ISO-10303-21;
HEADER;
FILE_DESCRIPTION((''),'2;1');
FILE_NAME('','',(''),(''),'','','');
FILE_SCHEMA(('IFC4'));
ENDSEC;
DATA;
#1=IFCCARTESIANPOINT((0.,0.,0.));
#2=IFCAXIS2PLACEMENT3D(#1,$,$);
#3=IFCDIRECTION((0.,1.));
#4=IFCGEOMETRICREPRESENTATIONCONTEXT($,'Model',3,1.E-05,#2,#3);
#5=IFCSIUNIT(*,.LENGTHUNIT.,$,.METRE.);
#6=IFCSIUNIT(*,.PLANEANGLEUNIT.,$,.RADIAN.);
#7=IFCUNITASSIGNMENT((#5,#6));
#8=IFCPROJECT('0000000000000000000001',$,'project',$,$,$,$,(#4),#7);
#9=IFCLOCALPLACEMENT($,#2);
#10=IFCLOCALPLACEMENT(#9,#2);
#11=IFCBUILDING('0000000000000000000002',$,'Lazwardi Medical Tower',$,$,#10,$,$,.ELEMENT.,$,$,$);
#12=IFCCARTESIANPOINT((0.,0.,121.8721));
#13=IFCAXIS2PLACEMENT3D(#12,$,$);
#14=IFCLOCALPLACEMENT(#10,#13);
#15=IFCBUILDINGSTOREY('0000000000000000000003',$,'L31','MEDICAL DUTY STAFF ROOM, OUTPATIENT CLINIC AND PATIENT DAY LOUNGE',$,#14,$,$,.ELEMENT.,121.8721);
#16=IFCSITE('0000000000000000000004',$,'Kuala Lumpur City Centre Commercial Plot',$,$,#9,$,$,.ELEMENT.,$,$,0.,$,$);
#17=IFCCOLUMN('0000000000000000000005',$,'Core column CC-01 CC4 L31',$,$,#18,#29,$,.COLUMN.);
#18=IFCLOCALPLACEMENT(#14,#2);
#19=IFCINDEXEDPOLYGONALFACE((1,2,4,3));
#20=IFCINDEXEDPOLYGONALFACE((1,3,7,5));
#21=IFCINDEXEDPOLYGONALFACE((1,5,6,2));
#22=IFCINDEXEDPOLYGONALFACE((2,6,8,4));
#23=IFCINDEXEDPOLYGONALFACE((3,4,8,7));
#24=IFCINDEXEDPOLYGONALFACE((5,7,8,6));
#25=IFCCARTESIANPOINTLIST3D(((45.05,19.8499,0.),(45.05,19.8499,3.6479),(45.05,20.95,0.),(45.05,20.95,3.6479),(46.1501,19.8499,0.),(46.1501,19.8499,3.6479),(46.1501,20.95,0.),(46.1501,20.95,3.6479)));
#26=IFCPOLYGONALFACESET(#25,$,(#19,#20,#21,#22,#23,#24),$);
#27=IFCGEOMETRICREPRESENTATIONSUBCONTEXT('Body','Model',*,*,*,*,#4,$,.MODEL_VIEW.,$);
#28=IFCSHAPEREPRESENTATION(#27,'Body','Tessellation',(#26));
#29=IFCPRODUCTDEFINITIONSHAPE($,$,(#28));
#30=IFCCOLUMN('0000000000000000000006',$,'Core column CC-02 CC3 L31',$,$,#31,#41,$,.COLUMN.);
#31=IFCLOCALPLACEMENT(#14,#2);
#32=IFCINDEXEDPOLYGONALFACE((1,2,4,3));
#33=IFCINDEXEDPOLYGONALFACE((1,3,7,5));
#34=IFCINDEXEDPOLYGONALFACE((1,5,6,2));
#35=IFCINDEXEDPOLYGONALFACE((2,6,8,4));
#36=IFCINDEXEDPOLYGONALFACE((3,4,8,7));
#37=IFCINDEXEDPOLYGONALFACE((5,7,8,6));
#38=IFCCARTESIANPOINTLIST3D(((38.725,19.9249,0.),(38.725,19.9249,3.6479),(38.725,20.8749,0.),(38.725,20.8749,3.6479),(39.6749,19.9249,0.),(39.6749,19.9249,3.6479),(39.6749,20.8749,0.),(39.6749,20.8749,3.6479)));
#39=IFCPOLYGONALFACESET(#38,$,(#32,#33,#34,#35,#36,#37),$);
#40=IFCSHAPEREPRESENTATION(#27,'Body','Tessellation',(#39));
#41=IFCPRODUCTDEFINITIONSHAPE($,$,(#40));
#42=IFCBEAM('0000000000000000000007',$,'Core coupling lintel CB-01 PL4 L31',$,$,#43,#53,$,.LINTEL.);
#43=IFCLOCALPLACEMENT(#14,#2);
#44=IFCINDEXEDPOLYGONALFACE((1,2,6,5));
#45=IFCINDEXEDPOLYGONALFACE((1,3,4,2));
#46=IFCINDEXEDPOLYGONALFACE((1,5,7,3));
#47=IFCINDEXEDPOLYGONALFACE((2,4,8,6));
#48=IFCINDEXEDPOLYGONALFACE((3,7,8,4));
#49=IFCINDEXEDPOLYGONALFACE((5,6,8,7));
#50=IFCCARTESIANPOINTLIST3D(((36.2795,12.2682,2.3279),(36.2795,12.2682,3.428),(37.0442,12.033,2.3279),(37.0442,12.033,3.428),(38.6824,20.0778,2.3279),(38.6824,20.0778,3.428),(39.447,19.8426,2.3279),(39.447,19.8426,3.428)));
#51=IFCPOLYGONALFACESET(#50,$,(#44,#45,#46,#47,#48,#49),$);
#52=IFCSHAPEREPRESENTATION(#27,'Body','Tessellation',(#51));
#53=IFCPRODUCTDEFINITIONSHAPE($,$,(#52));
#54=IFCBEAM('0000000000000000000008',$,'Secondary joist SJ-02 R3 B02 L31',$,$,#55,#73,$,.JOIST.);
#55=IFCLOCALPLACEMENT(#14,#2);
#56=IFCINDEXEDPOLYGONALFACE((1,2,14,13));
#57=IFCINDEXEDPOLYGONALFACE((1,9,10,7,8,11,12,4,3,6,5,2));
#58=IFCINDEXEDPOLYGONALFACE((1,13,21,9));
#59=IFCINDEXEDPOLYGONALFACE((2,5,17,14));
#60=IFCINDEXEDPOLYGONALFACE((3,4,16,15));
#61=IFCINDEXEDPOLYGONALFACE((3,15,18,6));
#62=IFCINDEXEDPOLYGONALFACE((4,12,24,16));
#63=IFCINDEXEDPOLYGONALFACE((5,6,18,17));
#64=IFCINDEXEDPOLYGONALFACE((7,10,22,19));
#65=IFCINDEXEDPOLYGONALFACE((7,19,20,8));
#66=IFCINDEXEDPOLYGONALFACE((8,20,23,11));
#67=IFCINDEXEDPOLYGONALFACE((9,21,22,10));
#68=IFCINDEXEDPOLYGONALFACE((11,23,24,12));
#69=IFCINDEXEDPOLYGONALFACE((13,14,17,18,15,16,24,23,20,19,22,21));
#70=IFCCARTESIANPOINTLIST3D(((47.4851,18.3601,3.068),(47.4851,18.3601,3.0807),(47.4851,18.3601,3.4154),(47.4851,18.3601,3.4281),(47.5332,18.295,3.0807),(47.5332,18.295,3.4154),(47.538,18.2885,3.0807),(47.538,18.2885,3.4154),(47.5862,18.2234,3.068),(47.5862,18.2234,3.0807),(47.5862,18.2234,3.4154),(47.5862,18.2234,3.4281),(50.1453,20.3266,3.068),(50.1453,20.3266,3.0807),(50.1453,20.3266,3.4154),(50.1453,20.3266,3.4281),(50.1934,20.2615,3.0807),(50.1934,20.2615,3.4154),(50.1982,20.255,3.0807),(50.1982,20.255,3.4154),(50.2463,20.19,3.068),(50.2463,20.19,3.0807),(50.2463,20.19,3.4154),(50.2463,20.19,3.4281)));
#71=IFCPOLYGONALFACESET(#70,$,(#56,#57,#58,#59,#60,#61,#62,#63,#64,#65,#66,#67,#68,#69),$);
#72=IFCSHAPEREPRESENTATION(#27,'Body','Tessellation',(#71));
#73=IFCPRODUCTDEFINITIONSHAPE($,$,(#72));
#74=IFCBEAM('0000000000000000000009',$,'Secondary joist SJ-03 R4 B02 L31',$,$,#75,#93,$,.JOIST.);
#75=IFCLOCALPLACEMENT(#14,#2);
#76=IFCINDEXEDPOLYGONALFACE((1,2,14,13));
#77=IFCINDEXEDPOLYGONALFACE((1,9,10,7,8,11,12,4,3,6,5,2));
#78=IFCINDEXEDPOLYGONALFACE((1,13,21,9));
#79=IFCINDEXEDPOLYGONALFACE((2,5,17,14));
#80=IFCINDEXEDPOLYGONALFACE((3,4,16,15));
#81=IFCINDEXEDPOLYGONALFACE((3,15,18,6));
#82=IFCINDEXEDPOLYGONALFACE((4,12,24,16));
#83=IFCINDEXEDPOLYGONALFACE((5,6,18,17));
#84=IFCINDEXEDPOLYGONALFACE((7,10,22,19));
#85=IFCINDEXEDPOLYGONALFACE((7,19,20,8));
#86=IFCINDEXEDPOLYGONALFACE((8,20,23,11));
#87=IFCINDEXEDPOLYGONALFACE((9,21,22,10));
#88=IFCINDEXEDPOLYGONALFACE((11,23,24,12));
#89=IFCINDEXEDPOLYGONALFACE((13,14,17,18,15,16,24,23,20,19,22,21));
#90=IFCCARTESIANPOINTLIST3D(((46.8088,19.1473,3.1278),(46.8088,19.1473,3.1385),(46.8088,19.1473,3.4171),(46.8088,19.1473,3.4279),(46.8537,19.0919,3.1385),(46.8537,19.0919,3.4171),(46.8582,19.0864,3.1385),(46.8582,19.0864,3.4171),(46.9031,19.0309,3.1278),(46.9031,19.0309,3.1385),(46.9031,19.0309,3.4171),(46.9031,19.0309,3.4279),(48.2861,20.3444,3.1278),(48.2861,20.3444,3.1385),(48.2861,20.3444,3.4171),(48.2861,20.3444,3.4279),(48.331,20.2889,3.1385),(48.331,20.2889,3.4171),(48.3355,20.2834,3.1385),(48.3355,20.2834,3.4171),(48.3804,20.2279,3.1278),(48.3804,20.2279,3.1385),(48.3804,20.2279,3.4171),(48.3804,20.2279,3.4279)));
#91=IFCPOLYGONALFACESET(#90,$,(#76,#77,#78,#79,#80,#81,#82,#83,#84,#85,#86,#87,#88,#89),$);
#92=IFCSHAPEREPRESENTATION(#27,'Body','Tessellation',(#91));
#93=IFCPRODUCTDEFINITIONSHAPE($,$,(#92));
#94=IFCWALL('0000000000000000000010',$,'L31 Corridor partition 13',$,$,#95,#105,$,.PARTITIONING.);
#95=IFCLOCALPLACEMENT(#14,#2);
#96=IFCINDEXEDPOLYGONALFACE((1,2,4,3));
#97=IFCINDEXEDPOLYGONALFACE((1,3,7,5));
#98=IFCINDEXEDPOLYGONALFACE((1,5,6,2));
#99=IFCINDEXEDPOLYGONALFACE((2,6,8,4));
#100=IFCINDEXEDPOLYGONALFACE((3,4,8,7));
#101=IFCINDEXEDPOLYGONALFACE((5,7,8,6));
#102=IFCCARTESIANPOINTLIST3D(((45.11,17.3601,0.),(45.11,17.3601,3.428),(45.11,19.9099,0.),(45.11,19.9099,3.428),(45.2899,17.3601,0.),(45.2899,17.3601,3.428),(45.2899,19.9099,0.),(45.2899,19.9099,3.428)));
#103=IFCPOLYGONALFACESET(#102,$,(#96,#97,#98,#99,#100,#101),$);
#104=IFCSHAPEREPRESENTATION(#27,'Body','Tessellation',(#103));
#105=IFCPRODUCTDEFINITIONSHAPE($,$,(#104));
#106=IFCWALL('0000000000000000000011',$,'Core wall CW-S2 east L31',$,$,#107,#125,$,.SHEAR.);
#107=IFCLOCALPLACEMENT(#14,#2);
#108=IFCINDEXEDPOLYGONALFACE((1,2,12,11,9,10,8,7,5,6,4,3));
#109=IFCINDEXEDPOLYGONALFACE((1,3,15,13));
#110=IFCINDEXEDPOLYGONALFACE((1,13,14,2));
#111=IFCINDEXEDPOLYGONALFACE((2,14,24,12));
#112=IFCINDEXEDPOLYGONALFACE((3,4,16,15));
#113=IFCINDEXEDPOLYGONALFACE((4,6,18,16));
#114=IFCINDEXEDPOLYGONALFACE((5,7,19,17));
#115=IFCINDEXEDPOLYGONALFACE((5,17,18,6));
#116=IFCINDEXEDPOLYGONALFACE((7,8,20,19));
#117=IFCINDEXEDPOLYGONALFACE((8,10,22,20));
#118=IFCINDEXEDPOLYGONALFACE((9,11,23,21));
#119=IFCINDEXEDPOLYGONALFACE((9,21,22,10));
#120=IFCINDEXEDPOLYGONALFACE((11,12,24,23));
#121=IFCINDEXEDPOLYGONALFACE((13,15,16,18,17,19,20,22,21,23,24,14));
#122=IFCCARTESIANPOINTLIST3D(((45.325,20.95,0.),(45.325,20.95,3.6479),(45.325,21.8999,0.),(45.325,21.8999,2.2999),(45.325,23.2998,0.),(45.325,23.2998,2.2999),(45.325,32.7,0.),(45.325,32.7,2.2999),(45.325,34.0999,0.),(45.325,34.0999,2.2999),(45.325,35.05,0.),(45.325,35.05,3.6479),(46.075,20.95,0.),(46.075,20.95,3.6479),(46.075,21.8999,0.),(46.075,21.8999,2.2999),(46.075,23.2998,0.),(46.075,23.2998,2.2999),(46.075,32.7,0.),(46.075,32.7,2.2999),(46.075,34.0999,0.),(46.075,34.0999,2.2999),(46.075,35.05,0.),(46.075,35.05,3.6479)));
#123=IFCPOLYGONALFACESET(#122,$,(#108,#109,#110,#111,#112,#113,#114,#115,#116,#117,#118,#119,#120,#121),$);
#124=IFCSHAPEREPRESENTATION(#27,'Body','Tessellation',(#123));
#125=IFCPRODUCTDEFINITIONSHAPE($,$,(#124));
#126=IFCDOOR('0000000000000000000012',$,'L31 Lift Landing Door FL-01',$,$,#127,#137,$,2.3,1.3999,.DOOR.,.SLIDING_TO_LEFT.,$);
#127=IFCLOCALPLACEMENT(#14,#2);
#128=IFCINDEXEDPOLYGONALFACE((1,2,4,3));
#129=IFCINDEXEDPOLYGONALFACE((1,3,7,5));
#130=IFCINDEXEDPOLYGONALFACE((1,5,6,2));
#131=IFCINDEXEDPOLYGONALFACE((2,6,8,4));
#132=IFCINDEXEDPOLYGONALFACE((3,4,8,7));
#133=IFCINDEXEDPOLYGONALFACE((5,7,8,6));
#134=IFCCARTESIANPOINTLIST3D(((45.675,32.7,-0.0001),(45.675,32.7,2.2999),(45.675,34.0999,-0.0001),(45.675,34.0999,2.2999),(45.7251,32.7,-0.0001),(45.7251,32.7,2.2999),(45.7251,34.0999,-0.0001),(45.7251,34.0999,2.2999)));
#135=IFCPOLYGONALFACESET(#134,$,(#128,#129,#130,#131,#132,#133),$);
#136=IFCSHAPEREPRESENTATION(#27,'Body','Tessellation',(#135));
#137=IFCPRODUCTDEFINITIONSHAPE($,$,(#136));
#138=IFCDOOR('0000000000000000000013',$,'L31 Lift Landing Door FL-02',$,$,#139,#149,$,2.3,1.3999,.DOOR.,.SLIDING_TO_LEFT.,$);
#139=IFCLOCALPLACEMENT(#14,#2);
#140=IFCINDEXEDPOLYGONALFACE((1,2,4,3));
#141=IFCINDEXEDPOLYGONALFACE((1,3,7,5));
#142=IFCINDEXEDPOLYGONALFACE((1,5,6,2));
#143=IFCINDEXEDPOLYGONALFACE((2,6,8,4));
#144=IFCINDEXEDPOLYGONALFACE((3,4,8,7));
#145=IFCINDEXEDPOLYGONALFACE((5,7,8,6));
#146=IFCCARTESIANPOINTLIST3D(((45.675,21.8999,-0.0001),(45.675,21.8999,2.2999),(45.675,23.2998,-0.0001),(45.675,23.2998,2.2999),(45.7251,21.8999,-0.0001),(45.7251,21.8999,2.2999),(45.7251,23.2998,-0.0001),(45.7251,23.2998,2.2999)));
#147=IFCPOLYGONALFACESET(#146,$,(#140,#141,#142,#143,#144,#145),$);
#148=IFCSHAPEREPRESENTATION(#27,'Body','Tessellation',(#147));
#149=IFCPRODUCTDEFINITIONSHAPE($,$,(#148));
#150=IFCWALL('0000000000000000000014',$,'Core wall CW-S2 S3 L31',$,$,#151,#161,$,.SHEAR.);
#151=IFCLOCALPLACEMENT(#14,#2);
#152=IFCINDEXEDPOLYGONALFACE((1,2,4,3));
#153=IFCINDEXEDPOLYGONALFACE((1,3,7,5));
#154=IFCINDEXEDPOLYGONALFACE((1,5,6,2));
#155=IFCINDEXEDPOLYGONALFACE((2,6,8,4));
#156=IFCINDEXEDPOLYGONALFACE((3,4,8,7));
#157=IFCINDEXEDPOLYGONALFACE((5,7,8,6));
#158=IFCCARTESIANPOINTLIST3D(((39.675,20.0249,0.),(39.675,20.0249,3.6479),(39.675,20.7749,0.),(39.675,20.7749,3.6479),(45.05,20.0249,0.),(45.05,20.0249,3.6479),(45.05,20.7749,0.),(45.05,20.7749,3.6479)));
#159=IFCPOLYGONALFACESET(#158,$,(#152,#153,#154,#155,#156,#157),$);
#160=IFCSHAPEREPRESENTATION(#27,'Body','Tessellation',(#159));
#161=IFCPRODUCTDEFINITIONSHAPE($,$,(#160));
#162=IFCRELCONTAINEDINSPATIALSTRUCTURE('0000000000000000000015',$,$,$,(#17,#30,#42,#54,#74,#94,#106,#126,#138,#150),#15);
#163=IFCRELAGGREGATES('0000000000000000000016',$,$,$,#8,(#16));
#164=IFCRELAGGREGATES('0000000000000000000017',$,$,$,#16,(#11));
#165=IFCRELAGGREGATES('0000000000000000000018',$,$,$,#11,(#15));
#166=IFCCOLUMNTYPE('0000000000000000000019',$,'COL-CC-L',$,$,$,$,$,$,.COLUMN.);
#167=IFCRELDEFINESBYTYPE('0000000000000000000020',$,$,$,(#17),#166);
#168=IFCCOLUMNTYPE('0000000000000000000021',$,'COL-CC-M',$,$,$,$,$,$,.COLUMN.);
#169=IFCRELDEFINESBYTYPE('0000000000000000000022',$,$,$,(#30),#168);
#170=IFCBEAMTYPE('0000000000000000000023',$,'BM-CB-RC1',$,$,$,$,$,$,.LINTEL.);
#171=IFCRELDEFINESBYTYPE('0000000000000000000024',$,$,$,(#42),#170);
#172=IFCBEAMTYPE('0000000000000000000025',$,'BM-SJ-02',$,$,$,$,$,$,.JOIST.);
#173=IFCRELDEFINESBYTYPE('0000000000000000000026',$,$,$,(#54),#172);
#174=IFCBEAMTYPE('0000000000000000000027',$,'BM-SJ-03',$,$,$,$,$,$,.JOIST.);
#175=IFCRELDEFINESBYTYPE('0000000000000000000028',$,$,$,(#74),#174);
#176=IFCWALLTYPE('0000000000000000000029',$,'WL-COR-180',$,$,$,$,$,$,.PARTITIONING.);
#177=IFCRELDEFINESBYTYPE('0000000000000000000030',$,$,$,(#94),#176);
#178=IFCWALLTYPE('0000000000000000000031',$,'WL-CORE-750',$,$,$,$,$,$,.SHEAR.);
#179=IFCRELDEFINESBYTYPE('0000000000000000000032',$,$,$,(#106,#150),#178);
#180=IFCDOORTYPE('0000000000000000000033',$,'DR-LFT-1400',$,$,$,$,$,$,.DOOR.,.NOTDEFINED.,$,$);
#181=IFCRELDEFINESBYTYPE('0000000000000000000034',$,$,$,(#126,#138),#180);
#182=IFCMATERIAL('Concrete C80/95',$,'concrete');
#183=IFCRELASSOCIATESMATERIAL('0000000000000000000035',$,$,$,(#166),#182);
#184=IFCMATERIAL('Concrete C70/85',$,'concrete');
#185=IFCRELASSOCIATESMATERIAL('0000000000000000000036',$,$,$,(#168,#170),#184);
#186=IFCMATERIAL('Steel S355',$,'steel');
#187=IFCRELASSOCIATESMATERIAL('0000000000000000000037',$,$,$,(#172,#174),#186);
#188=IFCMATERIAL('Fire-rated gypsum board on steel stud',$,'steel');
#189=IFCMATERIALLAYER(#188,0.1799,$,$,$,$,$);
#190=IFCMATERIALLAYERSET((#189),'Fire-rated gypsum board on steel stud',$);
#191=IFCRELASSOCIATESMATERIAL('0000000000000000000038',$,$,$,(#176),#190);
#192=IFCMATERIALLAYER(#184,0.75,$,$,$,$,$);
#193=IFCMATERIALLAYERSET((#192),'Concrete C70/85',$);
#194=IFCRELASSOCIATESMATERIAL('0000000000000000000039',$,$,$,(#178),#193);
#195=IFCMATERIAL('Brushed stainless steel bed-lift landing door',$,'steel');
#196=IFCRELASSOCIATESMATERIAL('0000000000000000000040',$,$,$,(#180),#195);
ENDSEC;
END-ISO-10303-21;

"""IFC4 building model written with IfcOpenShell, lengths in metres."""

from ifc_helpers import new_model, si_unit, direction, frame, frame_2d, origin, origin_2d, place, context, subcontext, project, spatial, rectangle, i_section, extrude, material, layer, layer_set, material_profile, profile_set, type_object, element, fill, save


model = new_model("IFC4")

# Units and contexts
model_context = context("Model", 3, precision=1e-05, world=origin(), true_north=direction((0.0, 1.0)))
body_context = subcontext(model_context, "Body", "Model", "MODEL_VIEW")
ifc_project = project(units=[si_unit("LENGTHUNIT", "METRE"), si_unit("PLANEANGLEUNIT", "RADIAN")], contexts=[model_context])

# Site, building, storey
site_placement = place(None, origin())
site = spatial("IfcSite", under=ifc_project, at=site_placement, Name="Kuala Lumpur City Centre Commercial Plot", CompositionType="ELEMENT", RefElevation=0.0)
building_placement = place(site_placement, origin())
building = spatial("IfcBuilding", under=site, at=building_placement, Name="Lazwardi Medical Tower", CompositionType="ELEMENT")
storey_placement = place(building_placement, frame((0.0, 0.0, 121.8721)))
storey = spatial("IfcBuildingStorey", under=building, at=storey_placement, Name="L31", Description="MEDICAL DUTY STAFF ROOM, OUTPATIENT CLINIC AND PATIENT DAY LOUNGE", CompositionType="ELEMENT", Elevation=121.8721)

# Columns
ifc_material_1 = material(Name="Concrete C80/95", Category="concrete")
ifc_material_profile_1 = material_profile(ifc_material_1, rectangle(XDim=1.1001, YDim=1.1001, at=origin_2d()), Name="RC 1100x1100")
ifc_profile_set_1 = profile_set([ifc_material_profile_1], Name="Concrete C80/95")
column_type_1 = type_object("IfcColumnType", Name="COL-CC-L", PredefinedType="COLUMN", material=ifc_profile_set_1)
column_1_placement = place(storey_placement, frame((45.6001, 20.3999, 0.0), z_axis=(0.0, 0.0, 1.0), x_axis=(1.0, 0.0, 0.0)))
element("IfcColumn", 1, at=column_1_placement, inside=storey, type_object=column_type_1, Name="Core column CC-01 CC4 L31", PredefinedType="COLUMN", context=body_context, shape_type="SweptSolid", body=[
    extrude(rectangle(XDim=1.1001, YDim=1.1001, at=origin_2d()), origin(), (0.0, 0.0, 1.0), 3.6479),
])
ifc_material_2 = material(Name="Concrete C70/85", Category="concrete")
ifc_material_profile_2 = material_profile(ifc_material_2, rectangle(XDim=0.95, YDim=0.95, at=origin_2d()), Name="RC 950x950")
ifc_profile_set_2 = profile_set([ifc_material_profile_2], Name="Concrete C70/85")
column_type_2 = type_object("IfcColumnType", Name="COL-CC-M", PredefinedType="COLUMN", material=ifc_profile_set_2)
column_2_placement = place(storey_placement, frame((39.2, 20.3999, 0.0), z_axis=(0.0, 0.0, 1.0), x_axis=(1.0, 0.0, 0.0)))
element("IfcColumn", 2, at=column_2_placement, inside=storey, type_object=column_type_2, Name="Core column CC-02 CC3 L31", PredefinedType="COLUMN", context=body_context, shape_type="SweptSolid", body=[
    extrude(rectangle(XDim=0.95, YDim=0.95, at=origin_2d()), origin(), (0.0, 0.0, 1.0), 3.6479),
])

# Beams
ifc_material_profile_3 = material_profile(ifc_material_2, rectangle(XDim=0.8, YDim=1.1001, at=origin_2d()), Name="RC 800x1100")
ifc_profile_set_3 = profile_set([ifc_material_profile_3], Name="Concrete C70/85")
beam_type_1 = type_object("IfcBeamType", Name="BM-CB-RC1", PredefinedType="LINTEL", material=ifc_profile_set_3)
beam_1_placement = place(storey_placement, frame((39.0647, 19.9602, 2.8779), z_axis=(-0.294073, -0.955783, 0.0), x_axis=(0.955783, -0.294073, 0.0)))
element("IfcBeam", 3, at=beam_1_placement, inside=storey, type_object=beam_type_1, Name="Core coupling lintel CB-01 PL4 L31", PredefinedType="LINTEL", context=body_context, shape_type="SweptSolid", body=[
    extrude(rectangle(XDim=0.8, YDim=1.1001, at=origin_2d()), origin(), (0.0, 0.0, 1.0), 8.1709),
])
ifc_material_3 = material(Name="Steel S355", Category="steel")
ifc_material_profile_4 = material_profile(ifc_material_3, i_section(OverallWidth=0.1699, OverallDepth=0.3601, WebThickness=0.0081, FlangeThickness=0.0127, at=origin_2d()), Name="IPE 360")
ifc_profile_set_4 = profile_set([ifc_material_profile_4], Name="Steel S355")
beam_type_2 = type_object("IfcBeamType", Name="BM-SJ-02", PredefinedType="JOIST", material=ifc_profile_set_4)
beam_2_placement = place(storey_placement, frame((47.5356, 18.2917, 3.248), z_axis=(0.804126, 0.59446, 0.0), x_axis=(-0.59446, 0.804126, 0.0)))
element("IfcBeam", 4, at=beam_2_placement, inside=storey, type_object=beam_type_2, Name="Secondary joist SJ-02 R3 B02 L31", PredefinedType="JOIST", context=body_context, shape_type="SweptSolid", body=[
    extrude(i_section(OverallWidth=0.1699, OverallDepth=0.3601, WebThickness=0.0081, FlangeThickness=0.0127, at=origin_2d()), origin(), (0.0, 0.0, 1.0), 3.3081),
])
ifc_material_profile_5 = material_profile(ifc_material_3, i_section(OverallWidth=0.1499, OverallDepth=0.3, WebThickness=0.0071, FlangeThickness=0.0107, at=origin_2d()), Name="IPE 300")
ifc_profile_set_5 = profile_set([ifc_material_profile_5], Name="Steel S355")
beam_type_3 = type_object("IfcBeamType", Name="BM-SJ-03", PredefinedType="JOIST", material=ifc_profile_set_5)
beam_3_placement = place(storey_placement, frame((46.856, 19.0891, 3.2778), z_axis=(0.776958, 0.629553, 0.0), x_axis=(-0.629553, 0.776958, 0.0)))
element("IfcBeam", 5, at=beam_3_placement, inside=storey, type_object=beam_type_3, Name="Secondary joist SJ-03 R4 B02 L31", PredefinedType="JOIST", context=body_context, shape_type="SweptSolid", body=[
    extrude(i_section(OverallWidth=0.1499, OverallDepth=0.3, WebThickness=0.0071, FlangeThickness=0.0107, at=origin_2d()), origin(), (0.0, 0.0, 1.0), 1.9014),
])

# Wall
ifc_material_4 = material(Name="Fire-rated gypsum board on steel stud", Category="steel")
ifc_layer_1 = layer(ifc_material_4, 0.1799)
ifc_layer_set_1 = layer_set([ifc_layer_1], Name="Fire-rated gypsum board on steel stud")
wall_type_1 = type_object("IfcWallType", Name="WL-COR-180", PredefinedType="PARTITIONING", material=ifc_layer_set_1)
wall_1_placement = place(storey_placement, frame((45.2, 19.9099, 0.0), z_axis=(0.0, 0.0, 1.0), x_axis=(0.0, -1.0, 0.0)))
element("IfcWall", 6, at=wall_1_placement, inside=storey, type_object=wall_type_1, Name="L31 Corridor partition 13", PredefinedType="PARTITIONING", context=body_context, shape_type="SweptSolid", body=[
    extrude(rectangle(XDim=2.5498, YDim=0.1799, at=frame_2d((1.2749, 0.0))), origin(), (0.0, 0.0, 1.0), 3.428),
])

# Wall, openings, doors
ifc_layer_2 = layer(ifc_material_2, 0.75)
ifc_layer_set_2 = layer_set([ifc_layer_2], Name="Concrete C70/85")
wall_type_2 = type_object("IfcWallType", Name="WL-CORE-750", PredefinedType="SHEAR", material=ifc_layer_set_2)
wall_2_placement = place(storey_placement, frame((45.7, 20.95, 0.0), z_axis=(0.0, 0.0, 1.0), x_axis=(0.0, 1.0, 0.0)))
wall_2 = element("IfcWall", 7, at=wall_2_placement, inside=storey, type_object=wall_type_2, Name="Core wall CW-S2 east L31", PredefinedType="SHEAR", context=body_context, shape_type="SweptSolid", body=[
    extrude(rectangle(XDim=14.1001, YDim=0.75, at=frame_2d((7.05, 0.0))), origin(), (0.0, 0.0, 1.0), 3.6479),
])
opening_1_placement = place(wall_2_placement, frame((11.75, 0.0, 0.0)))
opening_1 = element("IfcOpeningElement", 8, at=opening_1_placement, cuts=wall_2, PredefinedType="OPENING", context=body_context, shape_type="SweptSolid", body=[
    extrude(rectangle(XDim=1.3999, YDim=2.3, at=frame_2d((0.7, 1.1499))), frame((0.0, 0.385, 0.0), z_axis=(0.0, -1.0, 0.0), x_axis=(1.0, 0.0, 0.0)), (0.0, 0.0, 1.0), 0.77),
])
opening_2_placement = place(wall_2_placement, frame((0.95, 0.0, 0.0)))
opening_2 = element("IfcOpeningElement", 9, at=opening_2_placement, cuts=wall_2, PredefinedType="OPENING", context=body_context, shape_type="SweptSolid", body=[
    extrude(rectangle(XDim=1.3999, YDim=2.3, at=frame_2d((0.7, 1.1499))), frame((0.0, 0.385, 0.0), z_axis=(0.0, -1.0, 0.0), x_axis=(1.0, 0.0, 0.0)), (0.0, 0.0, 1.0), 0.77),
])
ifc_material_5 = material(Name="Brushed stainless steel bed-lift landing door", Category="steel")
door_type = type_object("IfcDoorType", Name="DR-LFT-1400", OperationType="NOTDEFINED", PredefinedType="DOOR", material=ifc_material_5)
door_1_placement = place(opening_1_placement, origin())
door_1 = element("IfcDoor", 10, at=door_1_placement, inside=storey, type_object=door_type, Name="L31 Lift Landing Door FL-01", OperationType="SLIDING_TO_LEFT", OverallHeight=2.3, OverallWidth=1.3999, PredefinedType="DOOR", context=body_context, shape_type="SweptSolid", body=[
    extrude(rectangle(XDim=1.3999, YDim=2.3, at=frame_2d((0.7, 1.1499))), frame((0.0, 0.0249, 0.0), z_axis=(0.0, -1.0, 0.0), x_axis=(1.0, 0.0, 0.0)), (0.0, 0.0, 1.0), 0.05),
])
fill(opening_1, door_1)
door_2_placement = place(opening_2_placement, origin())
door_2 = element("IfcDoor", 11, at=door_2_placement, inside=storey, type_object=door_type, Name="L31 Lift Landing Door FL-02", OperationType="SLIDING_TO_LEFT", OverallHeight=2.3, OverallWidth=1.3999, PredefinedType="DOOR", context=body_context, shape_type="SweptSolid", body=[
    extrude(rectangle(XDim=1.3999, YDim=2.3, at=frame_2d((0.7, 1.1499))), frame((0.0, 0.0249, 0.0), z_axis=(0.0, -1.0, 0.0), x_axis=(1.0, 0.0, 0.0)), (0.0, 0.0, 1.0), 0.05),
])
fill(opening_2, door_2)

# Wall
wall_3_placement = place(storey_placement, frame((39.675, 20.3999, 0.0), z_axis=(0.0, 0.0, 1.0), x_axis=(1.0, 0.0, 0.0)))
element("IfcWall", 12, at=wall_3_placement, inside=storey, type_object=wall_type_2, Name="Core wall CW-S2 S3 L31", PredefinedType="SHEAR", context=body_context, shape_type="SweptSolid", body=[
    extrude(rectangle(XDim=5.375, YDim=0.75, at=frame_2d((2.6875, 0.0))), origin(), (0.0, 0.0, 1.0), 3.6479),
])

save(model, "model.ifc")
